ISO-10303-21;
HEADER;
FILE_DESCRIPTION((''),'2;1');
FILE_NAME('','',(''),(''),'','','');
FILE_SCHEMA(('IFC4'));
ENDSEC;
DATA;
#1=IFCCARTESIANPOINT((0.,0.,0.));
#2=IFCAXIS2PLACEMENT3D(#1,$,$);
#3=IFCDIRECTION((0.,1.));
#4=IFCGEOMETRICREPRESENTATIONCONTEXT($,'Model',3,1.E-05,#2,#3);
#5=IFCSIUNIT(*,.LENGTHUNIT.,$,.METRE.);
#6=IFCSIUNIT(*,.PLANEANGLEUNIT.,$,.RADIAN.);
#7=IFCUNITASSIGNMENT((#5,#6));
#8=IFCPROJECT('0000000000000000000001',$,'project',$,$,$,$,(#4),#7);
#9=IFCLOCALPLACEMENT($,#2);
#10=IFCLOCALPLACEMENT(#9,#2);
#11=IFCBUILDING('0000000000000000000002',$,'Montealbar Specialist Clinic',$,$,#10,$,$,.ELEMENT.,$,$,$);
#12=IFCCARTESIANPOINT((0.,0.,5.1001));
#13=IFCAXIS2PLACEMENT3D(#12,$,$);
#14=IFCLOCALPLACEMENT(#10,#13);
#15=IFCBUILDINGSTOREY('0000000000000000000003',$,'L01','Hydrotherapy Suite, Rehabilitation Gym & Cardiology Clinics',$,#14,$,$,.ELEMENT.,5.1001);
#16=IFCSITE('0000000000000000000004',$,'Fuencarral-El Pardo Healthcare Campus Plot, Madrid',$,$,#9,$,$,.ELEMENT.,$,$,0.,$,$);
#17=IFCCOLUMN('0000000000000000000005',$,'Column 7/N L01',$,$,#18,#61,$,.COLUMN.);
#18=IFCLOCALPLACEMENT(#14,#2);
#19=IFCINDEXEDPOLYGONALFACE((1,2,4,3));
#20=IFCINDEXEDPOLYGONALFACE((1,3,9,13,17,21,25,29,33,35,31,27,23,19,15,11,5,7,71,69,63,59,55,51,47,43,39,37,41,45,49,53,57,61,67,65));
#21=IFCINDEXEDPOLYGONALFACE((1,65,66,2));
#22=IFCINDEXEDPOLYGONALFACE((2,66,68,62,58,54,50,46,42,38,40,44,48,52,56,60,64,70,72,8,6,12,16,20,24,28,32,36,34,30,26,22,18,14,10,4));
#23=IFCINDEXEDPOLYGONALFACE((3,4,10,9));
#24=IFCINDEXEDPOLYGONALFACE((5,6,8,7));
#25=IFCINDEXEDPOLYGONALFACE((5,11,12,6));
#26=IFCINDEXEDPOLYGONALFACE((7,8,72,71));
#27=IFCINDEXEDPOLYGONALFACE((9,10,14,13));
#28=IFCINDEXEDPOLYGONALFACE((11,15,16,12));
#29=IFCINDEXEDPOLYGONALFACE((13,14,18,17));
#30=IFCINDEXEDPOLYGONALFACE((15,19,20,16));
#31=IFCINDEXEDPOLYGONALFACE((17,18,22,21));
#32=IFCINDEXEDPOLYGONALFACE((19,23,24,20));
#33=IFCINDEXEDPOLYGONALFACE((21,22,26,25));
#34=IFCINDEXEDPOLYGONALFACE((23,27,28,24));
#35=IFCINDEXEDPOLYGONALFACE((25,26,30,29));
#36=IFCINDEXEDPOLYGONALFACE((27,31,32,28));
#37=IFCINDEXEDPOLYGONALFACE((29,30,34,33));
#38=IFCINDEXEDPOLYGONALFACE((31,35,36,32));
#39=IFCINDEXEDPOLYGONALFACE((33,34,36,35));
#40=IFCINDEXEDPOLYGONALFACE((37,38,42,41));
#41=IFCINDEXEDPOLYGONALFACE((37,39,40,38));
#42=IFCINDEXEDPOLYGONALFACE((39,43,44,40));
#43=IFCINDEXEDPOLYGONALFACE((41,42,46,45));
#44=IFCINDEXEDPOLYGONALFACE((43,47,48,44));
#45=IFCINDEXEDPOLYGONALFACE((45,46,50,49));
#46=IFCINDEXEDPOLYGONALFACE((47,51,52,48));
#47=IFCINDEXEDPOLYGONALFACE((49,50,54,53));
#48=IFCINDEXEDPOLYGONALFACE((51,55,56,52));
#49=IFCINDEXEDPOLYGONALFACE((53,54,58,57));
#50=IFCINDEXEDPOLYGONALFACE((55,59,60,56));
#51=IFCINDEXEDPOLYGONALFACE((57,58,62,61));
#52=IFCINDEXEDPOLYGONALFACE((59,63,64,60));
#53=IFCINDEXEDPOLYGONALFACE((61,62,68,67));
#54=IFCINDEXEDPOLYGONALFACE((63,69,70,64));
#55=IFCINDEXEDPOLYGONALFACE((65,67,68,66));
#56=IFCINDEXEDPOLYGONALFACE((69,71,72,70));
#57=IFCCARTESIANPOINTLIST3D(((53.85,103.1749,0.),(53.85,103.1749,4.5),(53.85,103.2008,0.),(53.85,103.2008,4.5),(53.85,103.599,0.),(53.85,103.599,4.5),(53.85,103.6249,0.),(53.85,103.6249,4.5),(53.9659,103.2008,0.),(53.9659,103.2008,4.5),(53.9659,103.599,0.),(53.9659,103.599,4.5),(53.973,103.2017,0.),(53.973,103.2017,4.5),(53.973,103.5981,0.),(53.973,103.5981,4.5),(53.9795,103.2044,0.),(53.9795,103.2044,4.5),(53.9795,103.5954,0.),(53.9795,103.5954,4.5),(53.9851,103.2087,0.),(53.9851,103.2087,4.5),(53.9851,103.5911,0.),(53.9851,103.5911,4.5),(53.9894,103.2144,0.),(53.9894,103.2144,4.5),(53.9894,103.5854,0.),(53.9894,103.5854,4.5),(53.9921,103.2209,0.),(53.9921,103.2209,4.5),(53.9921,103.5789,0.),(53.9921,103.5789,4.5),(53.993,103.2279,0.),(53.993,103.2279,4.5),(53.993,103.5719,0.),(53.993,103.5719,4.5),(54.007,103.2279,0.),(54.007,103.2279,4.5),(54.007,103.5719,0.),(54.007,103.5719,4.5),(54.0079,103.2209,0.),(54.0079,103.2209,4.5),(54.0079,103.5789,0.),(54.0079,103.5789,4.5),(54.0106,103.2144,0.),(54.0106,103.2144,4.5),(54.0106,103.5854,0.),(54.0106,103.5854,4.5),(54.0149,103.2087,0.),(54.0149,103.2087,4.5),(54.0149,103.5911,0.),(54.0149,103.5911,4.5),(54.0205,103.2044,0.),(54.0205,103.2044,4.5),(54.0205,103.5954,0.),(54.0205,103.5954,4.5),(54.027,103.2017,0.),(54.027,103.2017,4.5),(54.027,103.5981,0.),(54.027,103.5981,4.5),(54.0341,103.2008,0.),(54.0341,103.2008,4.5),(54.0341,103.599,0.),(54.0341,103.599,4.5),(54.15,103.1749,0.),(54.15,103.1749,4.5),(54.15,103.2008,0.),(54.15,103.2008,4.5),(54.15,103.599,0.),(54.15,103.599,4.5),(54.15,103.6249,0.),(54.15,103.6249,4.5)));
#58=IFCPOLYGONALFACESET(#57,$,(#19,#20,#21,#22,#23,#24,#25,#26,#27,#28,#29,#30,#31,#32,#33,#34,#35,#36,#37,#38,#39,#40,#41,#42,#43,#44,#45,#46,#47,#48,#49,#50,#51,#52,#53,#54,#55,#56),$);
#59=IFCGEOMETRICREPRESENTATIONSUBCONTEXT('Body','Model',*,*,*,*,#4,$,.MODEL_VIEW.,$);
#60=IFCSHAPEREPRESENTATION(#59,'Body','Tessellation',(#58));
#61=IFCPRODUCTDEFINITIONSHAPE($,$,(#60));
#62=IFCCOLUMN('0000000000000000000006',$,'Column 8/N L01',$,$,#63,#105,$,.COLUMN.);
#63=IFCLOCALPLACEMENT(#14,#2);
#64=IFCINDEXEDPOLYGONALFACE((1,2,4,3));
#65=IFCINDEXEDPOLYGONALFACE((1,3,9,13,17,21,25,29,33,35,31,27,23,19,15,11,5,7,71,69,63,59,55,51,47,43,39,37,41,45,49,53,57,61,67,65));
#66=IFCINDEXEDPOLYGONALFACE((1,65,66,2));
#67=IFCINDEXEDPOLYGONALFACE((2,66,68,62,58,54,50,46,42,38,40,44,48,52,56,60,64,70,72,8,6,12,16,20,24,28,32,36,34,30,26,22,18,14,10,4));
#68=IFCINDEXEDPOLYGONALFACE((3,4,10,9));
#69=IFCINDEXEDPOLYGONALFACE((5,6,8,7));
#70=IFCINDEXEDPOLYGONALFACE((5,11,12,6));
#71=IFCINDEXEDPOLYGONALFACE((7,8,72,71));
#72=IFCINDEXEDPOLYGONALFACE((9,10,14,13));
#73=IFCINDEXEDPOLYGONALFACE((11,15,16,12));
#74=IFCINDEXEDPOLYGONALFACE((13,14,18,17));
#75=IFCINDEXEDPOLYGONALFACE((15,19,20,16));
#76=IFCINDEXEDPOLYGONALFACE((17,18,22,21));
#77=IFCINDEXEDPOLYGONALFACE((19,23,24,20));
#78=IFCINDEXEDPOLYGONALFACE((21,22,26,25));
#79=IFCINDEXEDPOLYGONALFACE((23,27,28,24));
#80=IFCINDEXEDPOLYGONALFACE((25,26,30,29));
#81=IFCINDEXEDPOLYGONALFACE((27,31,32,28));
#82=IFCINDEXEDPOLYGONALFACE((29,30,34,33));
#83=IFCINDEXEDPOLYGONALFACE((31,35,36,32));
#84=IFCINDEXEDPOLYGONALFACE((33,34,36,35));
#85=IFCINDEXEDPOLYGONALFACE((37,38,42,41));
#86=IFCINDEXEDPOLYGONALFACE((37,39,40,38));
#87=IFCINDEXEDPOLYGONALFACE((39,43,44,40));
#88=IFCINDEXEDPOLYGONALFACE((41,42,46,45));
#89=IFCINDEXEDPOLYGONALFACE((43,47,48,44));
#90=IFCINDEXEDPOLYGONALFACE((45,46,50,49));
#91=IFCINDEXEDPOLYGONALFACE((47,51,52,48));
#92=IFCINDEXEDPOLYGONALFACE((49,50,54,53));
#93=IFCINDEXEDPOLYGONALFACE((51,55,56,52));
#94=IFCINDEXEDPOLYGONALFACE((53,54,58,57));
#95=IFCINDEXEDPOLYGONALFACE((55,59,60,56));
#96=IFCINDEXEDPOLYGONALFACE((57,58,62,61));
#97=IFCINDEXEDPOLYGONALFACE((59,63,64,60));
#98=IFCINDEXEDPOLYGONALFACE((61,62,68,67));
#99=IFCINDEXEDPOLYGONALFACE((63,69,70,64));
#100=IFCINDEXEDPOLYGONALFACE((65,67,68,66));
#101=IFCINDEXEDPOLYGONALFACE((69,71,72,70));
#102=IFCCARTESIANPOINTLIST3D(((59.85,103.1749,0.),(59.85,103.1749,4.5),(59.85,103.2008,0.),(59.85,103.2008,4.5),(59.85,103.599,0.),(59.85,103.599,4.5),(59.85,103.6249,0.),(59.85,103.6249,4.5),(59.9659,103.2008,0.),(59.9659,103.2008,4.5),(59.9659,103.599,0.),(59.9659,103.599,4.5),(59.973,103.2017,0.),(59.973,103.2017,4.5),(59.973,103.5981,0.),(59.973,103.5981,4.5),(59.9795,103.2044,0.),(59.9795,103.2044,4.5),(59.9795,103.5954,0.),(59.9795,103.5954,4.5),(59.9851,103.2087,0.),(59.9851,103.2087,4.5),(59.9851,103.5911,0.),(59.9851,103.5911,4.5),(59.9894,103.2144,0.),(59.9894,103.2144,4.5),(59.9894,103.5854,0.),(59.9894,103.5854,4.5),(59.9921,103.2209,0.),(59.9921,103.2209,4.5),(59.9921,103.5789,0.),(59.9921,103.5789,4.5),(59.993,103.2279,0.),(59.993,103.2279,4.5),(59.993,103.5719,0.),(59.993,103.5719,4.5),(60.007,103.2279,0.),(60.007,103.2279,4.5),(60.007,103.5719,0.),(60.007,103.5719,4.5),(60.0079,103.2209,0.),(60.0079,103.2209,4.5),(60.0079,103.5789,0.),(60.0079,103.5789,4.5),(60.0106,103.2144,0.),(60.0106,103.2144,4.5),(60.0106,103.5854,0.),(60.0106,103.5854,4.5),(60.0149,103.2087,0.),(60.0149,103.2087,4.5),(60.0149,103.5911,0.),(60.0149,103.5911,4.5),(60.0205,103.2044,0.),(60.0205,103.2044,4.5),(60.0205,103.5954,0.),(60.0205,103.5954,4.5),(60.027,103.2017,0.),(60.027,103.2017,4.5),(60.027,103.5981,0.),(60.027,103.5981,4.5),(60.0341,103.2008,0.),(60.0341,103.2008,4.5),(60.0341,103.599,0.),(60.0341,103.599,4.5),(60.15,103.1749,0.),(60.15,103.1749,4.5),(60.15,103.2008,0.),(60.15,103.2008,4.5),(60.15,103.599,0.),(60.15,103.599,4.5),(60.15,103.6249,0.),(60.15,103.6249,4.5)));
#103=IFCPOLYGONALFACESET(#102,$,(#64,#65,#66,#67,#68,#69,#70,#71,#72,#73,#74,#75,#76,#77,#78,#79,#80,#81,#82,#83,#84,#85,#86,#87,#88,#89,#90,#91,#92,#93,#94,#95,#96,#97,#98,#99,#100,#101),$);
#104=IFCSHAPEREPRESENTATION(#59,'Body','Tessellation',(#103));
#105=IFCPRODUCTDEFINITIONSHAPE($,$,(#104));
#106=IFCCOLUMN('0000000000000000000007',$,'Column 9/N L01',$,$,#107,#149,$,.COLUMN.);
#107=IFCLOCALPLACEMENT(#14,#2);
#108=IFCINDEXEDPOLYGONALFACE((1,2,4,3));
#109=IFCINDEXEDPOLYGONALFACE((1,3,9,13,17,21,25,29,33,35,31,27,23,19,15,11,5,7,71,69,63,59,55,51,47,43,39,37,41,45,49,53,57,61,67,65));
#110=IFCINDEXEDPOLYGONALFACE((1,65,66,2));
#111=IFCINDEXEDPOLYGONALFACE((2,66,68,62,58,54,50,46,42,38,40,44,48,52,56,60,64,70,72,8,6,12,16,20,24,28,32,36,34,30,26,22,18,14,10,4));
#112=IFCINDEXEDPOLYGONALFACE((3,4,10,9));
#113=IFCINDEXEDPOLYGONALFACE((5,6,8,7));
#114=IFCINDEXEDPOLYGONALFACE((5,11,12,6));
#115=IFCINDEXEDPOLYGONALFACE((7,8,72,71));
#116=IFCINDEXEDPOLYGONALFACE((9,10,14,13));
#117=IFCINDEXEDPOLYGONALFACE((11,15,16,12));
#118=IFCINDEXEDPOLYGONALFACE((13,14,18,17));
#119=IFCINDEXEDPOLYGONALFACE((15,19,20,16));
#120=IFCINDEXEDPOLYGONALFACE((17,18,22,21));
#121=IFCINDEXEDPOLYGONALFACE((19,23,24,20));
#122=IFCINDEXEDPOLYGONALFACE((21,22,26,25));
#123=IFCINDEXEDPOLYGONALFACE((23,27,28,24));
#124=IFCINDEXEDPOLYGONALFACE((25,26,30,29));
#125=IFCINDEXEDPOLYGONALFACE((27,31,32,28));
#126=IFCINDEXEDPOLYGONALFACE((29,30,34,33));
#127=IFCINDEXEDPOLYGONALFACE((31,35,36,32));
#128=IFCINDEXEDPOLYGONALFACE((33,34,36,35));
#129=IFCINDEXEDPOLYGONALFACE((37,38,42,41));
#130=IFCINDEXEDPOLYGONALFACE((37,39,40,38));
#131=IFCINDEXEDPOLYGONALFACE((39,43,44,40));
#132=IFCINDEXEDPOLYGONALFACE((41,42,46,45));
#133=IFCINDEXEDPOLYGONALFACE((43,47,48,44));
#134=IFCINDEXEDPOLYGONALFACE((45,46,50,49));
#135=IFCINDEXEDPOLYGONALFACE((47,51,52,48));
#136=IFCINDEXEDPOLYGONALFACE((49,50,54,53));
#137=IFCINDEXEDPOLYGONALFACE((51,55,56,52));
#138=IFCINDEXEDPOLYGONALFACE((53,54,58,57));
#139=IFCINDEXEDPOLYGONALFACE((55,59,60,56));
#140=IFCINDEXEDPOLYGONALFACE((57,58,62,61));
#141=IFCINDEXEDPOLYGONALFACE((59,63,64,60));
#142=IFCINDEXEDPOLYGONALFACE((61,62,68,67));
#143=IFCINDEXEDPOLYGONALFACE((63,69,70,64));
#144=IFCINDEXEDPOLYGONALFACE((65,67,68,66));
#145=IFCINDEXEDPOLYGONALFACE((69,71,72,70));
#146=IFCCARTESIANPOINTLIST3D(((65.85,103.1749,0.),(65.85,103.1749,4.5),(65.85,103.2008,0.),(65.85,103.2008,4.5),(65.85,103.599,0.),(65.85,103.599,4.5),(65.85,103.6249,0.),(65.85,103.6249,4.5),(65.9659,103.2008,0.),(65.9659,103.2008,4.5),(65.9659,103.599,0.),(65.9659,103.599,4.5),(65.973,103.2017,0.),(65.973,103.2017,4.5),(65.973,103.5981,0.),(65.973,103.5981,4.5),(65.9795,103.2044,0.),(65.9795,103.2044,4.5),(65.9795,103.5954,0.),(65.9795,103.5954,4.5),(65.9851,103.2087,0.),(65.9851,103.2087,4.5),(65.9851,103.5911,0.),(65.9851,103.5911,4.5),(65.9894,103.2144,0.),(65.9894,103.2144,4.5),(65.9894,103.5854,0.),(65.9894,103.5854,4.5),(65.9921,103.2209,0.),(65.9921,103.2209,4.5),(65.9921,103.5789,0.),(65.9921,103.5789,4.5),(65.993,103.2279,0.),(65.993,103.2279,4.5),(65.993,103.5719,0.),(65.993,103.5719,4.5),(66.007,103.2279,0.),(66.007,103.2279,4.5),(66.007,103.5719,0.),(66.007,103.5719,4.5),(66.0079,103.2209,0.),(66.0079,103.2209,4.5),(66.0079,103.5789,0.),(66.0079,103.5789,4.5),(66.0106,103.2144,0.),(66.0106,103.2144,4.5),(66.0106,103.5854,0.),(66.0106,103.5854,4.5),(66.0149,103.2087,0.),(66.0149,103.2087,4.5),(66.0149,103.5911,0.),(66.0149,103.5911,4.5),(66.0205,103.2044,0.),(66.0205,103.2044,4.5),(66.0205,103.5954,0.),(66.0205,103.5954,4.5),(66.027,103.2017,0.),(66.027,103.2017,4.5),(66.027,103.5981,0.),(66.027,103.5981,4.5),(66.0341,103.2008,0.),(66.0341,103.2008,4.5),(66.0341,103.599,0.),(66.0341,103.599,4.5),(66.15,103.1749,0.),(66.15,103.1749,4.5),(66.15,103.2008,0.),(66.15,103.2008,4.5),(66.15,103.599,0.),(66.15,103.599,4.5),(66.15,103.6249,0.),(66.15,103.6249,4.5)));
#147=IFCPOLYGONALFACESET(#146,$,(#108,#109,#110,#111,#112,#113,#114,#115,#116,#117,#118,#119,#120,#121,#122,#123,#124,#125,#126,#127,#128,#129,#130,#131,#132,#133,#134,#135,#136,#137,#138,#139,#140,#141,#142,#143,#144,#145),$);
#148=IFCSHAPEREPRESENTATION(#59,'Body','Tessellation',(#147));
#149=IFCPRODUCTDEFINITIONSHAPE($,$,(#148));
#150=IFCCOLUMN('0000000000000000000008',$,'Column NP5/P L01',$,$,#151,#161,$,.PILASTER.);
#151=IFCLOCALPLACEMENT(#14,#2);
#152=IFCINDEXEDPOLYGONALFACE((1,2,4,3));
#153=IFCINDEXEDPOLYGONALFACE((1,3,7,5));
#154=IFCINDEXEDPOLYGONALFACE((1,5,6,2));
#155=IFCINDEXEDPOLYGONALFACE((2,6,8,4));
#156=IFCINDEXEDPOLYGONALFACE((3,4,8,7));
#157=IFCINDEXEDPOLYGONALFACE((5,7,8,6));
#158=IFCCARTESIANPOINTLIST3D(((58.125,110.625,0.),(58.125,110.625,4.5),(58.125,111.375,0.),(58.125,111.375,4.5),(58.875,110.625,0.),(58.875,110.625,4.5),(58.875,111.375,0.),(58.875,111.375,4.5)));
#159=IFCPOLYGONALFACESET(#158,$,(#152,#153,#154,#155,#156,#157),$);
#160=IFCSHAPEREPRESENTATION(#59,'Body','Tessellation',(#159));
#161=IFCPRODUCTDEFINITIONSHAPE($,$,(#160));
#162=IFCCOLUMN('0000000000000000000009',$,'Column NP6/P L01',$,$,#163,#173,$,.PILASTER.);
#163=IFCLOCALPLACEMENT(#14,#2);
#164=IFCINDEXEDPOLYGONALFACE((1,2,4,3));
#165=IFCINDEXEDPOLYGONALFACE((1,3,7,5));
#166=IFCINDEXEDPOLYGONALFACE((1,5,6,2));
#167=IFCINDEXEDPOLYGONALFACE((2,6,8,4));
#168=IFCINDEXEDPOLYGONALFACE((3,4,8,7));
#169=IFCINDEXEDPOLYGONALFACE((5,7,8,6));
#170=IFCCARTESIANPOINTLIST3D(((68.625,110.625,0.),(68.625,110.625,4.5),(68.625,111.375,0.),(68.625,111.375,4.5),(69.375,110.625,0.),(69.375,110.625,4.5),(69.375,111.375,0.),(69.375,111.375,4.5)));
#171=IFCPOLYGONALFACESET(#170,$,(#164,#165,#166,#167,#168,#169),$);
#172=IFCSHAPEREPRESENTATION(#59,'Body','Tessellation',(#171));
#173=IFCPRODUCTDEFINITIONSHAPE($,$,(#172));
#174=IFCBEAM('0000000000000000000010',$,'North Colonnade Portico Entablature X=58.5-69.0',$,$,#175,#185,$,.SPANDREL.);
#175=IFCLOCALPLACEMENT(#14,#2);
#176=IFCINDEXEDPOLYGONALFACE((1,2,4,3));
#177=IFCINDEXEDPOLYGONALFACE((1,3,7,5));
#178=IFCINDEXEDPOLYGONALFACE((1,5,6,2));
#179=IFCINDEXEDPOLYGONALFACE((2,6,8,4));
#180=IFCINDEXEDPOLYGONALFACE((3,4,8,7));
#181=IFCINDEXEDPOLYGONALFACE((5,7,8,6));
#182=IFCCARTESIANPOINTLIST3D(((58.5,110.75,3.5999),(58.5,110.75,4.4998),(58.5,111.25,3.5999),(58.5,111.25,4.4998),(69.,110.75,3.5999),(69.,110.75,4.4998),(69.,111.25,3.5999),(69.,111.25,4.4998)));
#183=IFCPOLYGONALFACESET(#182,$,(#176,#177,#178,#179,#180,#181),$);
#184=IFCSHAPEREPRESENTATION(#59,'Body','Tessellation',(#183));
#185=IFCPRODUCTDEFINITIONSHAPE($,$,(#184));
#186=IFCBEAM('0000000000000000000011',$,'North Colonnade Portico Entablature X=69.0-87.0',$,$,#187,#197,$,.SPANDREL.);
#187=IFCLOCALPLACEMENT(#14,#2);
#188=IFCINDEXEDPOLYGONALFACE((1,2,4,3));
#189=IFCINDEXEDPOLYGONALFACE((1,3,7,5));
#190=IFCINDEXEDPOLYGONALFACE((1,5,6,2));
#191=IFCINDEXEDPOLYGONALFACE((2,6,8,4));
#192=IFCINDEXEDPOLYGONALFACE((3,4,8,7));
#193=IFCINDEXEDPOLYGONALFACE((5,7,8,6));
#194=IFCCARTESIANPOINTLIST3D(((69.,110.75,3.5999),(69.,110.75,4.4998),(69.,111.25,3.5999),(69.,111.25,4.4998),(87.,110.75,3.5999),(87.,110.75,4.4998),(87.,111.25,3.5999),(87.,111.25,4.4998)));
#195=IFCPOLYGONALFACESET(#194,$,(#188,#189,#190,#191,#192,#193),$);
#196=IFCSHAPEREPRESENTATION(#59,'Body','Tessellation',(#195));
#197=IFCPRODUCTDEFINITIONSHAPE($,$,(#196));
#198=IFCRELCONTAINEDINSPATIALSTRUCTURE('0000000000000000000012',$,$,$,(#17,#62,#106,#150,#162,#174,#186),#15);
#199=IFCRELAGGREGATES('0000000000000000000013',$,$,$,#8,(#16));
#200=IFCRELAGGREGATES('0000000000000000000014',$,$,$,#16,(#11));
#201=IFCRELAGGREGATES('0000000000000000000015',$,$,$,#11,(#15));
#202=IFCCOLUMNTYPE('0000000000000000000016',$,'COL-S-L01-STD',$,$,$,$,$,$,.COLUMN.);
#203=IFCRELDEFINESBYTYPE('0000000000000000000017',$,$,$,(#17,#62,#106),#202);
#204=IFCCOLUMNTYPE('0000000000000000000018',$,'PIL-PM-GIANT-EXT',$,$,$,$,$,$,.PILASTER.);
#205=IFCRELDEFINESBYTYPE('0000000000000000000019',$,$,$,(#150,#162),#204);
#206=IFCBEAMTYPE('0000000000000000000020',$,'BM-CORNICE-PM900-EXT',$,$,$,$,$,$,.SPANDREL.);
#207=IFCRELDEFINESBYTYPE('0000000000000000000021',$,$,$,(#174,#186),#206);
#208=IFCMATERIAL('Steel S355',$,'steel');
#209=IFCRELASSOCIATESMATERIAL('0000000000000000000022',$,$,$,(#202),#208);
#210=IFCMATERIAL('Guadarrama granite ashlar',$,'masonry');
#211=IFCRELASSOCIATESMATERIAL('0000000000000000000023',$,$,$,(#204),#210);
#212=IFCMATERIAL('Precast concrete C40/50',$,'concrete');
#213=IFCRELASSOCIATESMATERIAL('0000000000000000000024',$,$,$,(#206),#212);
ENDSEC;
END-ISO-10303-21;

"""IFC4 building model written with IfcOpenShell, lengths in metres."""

from ifc_helpers import new_model, si_unit, direction, frame, origin, origin_2d, place, context, subcontext, project, spatial, rectangle, i_section, extrude, material, material_profile, profile_set, type_object, element, save


model = new_model("IFC4")

# Units and contexts
model_context = context("Model", 3, precision=1e-05, world=origin(), true_north=direction((0.0, 1.0)))
body_context = subcontext(model_context, "Body", "Model", "MODEL_VIEW")
ifc_project = project(units=[si_unit("LENGTHUNIT", "METRE"), si_unit("PLANEANGLEUNIT", "RADIAN")], contexts=[model_context])

# Site, building, storey
site_placement = place(None, origin())
site = spatial("IfcSite", under=ifc_project, at=site_placement, Name="Fuencarral-El Pardo Healthcare Campus Plot, Madrid", CompositionType="ELEMENT", RefElevation=0.0)
building_placement = place(site_placement, origin())
building = spatial("IfcBuilding", under=site, at=building_placement, Name="Montealbar Specialist Clinic", CompositionType="ELEMENT")
storey_placement = place(building_placement, frame((0.0, 0.0, 5.1001)))
storey = spatial("IfcBuildingStorey", under=building, at=storey_placement, Name="L01", Description="Hydrotherapy Suite, Rehabilitation Gym & Cardiology Clinics", CompositionType="ELEMENT", Elevation=5.1001)

# Columns
ifc_material_1 = material(Name="Steel S355", Category="steel")
ifc_material_profile_1 = material_profile(ifc_material_1, i_section(OverallWidth=0.3, OverallDepth=0.45, WebThickness=0.0139, FlangeThickness=0.0259, FilletRadius=0.0271, at=origin_2d()), Name="HEB 450", Category="steel")
ifc_profile_set_1 = profile_set([ifc_material_profile_1], Name="Steel S355")
column_type_1 = type_object("IfcColumnType", Name="COL-S-L01-STD", PredefinedType="COLUMN", material=ifc_profile_set_1)
for number, where, z_axis, x_axis, name in (
    (1, (54.0, 103.3999, 0.0), (0.0, 0.0, 1.0), (1.0, 0.0, 0.0), "Column 7/N L01"),
    (2, (60.0, 103.3999, 0.0), (0.0, 0.0, 1.0), (1.0, 0.0, 0.0), "Column 8/N L01"),
    (3, (66.0, 103.3999, 0.0), (0.0, 0.0, 1.0), (1.0, 0.0, 0.0), "Column 9/N L01"),
):
    element("IfcColumn", number, at=place(storey_placement, frame(where, z_axis=z_axis, x_axis=x_axis)), inside=storey, type_object=column_type_1, Name=name, PredefinedType="COLUMN", context=body_context, shape_type="SweptSolid", body=[
        extrude(i_section(OverallWidth=0.3, OverallDepth=0.45, WebThickness=0.0139, FlangeThickness=0.0259, FilletRadius=0.0271, at=origin_2d()), origin(), (0.0, 0.0, 1.0), 4.5),
    ])
ifc_material_2 = material(Name="Guadarrama granite ashlar", Category="masonry")
ifc_material_profile_2 = material_profile(ifc_material_2, rectangle(XDim=0.75, YDim=0.75, at=origin_2d()), Name="GRANITE PILASTER 750x750", Category="masonry")
ifc_profile_set_2 = profile_set([ifc_material_profile_2], Name="Guadarrama granite ashlar")
column_type_2 = type_object("IfcColumnType", Name="PIL-PM-GIANT-EXT", PredefinedType="PILASTER", material=ifc_profile_set_2)
for number, where, z_axis, x_axis, name in (
    (4, (58.5, 111.0, 0.0), (0.0, 0.0, 1.0), (1.0, 0.0, 0.0), "Column NP5/P L01"),
    (5, (69.0, 111.0, 0.0), (0.0, 0.0, 1.0), (1.0, 0.0, 0.0), "Column NP6/P L01"),
):
    element("IfcColumn", number, at=place(storey_placement, frame(where, z_axis=z_axis, x_axis=x_axis)), inside=storey, type_object=column_type_2, Name=name, PredefinedType="PILASTER", context=body_context, shape_type="SweptSolid", body=[
        extrude(rectangle(XDim=0.75, YDim=0.75, at=origin_2d()), origin(), (0.0, 0.0, 1.0), 4.5),
    ])

# Beams
ifc_material_3 = material(Name="Precast concrete C40/50", Category="concrete")
ifc_material_profile_3 = material_profile(ifc_material_3, rectangle(XDim=0.5, YDim=0.8999, at=origin_2d()), Name="PRECAST CORNICE 500x900", Category="concrete")
ifc_profile_set_3 = profile_set([ifc_material_profile_3], Name="Precast concrete C40/50")
beam_type_1 = type_object("IfcBeamType", Name="BM-CORNICE-PM900-EXT", PredefinedType="SPANDREL", material=ifc_profile_set_3)
beam_1_placement = place(storey_placement, frame((58.5, 111.0, 4.0498), z_axis=(1.0, 0.0, 0.0), x_axis=(0.0, 1.0, 0.0)))
element("IfcBeam", 6, at=beam_1_placement, inside=storey, type_object=beam_type_1, Name="North Colonnade Portico Entablature X=58.5-69.0", PredefinedType="SPANDREL", context=body_context, shape_type="SweptSolid", body=[
    extrude(rectangle(XDim=0.5, YDim=0.8999, at=origin_2d()), origin(), (0.0, 0.0, 1.0), 10.5),
])
beam_2_placement = place(storey_placement, frame((69.0, 111.0, 4.0498), z_axis=(1.0, 0.0, 0.0), x_axis=(0.0, 1.0, 0.0)))
element("IfcBeam", 7, at=beam_2_placement, inside=storey, type_object=beam_type_1, Name="North Colonnade Portico Entablature X=69.0-87.0", PredefinedType="SPANDREL", context=body_context, shape_type="SweptSolid", body=[
    extrude(rectangle(XDim=0.5, YDim=0.8999, at=origin_2d()), origin(), (0.0, 0.0, 1.0), 18.0),
])

save(model, "model.ifc")
